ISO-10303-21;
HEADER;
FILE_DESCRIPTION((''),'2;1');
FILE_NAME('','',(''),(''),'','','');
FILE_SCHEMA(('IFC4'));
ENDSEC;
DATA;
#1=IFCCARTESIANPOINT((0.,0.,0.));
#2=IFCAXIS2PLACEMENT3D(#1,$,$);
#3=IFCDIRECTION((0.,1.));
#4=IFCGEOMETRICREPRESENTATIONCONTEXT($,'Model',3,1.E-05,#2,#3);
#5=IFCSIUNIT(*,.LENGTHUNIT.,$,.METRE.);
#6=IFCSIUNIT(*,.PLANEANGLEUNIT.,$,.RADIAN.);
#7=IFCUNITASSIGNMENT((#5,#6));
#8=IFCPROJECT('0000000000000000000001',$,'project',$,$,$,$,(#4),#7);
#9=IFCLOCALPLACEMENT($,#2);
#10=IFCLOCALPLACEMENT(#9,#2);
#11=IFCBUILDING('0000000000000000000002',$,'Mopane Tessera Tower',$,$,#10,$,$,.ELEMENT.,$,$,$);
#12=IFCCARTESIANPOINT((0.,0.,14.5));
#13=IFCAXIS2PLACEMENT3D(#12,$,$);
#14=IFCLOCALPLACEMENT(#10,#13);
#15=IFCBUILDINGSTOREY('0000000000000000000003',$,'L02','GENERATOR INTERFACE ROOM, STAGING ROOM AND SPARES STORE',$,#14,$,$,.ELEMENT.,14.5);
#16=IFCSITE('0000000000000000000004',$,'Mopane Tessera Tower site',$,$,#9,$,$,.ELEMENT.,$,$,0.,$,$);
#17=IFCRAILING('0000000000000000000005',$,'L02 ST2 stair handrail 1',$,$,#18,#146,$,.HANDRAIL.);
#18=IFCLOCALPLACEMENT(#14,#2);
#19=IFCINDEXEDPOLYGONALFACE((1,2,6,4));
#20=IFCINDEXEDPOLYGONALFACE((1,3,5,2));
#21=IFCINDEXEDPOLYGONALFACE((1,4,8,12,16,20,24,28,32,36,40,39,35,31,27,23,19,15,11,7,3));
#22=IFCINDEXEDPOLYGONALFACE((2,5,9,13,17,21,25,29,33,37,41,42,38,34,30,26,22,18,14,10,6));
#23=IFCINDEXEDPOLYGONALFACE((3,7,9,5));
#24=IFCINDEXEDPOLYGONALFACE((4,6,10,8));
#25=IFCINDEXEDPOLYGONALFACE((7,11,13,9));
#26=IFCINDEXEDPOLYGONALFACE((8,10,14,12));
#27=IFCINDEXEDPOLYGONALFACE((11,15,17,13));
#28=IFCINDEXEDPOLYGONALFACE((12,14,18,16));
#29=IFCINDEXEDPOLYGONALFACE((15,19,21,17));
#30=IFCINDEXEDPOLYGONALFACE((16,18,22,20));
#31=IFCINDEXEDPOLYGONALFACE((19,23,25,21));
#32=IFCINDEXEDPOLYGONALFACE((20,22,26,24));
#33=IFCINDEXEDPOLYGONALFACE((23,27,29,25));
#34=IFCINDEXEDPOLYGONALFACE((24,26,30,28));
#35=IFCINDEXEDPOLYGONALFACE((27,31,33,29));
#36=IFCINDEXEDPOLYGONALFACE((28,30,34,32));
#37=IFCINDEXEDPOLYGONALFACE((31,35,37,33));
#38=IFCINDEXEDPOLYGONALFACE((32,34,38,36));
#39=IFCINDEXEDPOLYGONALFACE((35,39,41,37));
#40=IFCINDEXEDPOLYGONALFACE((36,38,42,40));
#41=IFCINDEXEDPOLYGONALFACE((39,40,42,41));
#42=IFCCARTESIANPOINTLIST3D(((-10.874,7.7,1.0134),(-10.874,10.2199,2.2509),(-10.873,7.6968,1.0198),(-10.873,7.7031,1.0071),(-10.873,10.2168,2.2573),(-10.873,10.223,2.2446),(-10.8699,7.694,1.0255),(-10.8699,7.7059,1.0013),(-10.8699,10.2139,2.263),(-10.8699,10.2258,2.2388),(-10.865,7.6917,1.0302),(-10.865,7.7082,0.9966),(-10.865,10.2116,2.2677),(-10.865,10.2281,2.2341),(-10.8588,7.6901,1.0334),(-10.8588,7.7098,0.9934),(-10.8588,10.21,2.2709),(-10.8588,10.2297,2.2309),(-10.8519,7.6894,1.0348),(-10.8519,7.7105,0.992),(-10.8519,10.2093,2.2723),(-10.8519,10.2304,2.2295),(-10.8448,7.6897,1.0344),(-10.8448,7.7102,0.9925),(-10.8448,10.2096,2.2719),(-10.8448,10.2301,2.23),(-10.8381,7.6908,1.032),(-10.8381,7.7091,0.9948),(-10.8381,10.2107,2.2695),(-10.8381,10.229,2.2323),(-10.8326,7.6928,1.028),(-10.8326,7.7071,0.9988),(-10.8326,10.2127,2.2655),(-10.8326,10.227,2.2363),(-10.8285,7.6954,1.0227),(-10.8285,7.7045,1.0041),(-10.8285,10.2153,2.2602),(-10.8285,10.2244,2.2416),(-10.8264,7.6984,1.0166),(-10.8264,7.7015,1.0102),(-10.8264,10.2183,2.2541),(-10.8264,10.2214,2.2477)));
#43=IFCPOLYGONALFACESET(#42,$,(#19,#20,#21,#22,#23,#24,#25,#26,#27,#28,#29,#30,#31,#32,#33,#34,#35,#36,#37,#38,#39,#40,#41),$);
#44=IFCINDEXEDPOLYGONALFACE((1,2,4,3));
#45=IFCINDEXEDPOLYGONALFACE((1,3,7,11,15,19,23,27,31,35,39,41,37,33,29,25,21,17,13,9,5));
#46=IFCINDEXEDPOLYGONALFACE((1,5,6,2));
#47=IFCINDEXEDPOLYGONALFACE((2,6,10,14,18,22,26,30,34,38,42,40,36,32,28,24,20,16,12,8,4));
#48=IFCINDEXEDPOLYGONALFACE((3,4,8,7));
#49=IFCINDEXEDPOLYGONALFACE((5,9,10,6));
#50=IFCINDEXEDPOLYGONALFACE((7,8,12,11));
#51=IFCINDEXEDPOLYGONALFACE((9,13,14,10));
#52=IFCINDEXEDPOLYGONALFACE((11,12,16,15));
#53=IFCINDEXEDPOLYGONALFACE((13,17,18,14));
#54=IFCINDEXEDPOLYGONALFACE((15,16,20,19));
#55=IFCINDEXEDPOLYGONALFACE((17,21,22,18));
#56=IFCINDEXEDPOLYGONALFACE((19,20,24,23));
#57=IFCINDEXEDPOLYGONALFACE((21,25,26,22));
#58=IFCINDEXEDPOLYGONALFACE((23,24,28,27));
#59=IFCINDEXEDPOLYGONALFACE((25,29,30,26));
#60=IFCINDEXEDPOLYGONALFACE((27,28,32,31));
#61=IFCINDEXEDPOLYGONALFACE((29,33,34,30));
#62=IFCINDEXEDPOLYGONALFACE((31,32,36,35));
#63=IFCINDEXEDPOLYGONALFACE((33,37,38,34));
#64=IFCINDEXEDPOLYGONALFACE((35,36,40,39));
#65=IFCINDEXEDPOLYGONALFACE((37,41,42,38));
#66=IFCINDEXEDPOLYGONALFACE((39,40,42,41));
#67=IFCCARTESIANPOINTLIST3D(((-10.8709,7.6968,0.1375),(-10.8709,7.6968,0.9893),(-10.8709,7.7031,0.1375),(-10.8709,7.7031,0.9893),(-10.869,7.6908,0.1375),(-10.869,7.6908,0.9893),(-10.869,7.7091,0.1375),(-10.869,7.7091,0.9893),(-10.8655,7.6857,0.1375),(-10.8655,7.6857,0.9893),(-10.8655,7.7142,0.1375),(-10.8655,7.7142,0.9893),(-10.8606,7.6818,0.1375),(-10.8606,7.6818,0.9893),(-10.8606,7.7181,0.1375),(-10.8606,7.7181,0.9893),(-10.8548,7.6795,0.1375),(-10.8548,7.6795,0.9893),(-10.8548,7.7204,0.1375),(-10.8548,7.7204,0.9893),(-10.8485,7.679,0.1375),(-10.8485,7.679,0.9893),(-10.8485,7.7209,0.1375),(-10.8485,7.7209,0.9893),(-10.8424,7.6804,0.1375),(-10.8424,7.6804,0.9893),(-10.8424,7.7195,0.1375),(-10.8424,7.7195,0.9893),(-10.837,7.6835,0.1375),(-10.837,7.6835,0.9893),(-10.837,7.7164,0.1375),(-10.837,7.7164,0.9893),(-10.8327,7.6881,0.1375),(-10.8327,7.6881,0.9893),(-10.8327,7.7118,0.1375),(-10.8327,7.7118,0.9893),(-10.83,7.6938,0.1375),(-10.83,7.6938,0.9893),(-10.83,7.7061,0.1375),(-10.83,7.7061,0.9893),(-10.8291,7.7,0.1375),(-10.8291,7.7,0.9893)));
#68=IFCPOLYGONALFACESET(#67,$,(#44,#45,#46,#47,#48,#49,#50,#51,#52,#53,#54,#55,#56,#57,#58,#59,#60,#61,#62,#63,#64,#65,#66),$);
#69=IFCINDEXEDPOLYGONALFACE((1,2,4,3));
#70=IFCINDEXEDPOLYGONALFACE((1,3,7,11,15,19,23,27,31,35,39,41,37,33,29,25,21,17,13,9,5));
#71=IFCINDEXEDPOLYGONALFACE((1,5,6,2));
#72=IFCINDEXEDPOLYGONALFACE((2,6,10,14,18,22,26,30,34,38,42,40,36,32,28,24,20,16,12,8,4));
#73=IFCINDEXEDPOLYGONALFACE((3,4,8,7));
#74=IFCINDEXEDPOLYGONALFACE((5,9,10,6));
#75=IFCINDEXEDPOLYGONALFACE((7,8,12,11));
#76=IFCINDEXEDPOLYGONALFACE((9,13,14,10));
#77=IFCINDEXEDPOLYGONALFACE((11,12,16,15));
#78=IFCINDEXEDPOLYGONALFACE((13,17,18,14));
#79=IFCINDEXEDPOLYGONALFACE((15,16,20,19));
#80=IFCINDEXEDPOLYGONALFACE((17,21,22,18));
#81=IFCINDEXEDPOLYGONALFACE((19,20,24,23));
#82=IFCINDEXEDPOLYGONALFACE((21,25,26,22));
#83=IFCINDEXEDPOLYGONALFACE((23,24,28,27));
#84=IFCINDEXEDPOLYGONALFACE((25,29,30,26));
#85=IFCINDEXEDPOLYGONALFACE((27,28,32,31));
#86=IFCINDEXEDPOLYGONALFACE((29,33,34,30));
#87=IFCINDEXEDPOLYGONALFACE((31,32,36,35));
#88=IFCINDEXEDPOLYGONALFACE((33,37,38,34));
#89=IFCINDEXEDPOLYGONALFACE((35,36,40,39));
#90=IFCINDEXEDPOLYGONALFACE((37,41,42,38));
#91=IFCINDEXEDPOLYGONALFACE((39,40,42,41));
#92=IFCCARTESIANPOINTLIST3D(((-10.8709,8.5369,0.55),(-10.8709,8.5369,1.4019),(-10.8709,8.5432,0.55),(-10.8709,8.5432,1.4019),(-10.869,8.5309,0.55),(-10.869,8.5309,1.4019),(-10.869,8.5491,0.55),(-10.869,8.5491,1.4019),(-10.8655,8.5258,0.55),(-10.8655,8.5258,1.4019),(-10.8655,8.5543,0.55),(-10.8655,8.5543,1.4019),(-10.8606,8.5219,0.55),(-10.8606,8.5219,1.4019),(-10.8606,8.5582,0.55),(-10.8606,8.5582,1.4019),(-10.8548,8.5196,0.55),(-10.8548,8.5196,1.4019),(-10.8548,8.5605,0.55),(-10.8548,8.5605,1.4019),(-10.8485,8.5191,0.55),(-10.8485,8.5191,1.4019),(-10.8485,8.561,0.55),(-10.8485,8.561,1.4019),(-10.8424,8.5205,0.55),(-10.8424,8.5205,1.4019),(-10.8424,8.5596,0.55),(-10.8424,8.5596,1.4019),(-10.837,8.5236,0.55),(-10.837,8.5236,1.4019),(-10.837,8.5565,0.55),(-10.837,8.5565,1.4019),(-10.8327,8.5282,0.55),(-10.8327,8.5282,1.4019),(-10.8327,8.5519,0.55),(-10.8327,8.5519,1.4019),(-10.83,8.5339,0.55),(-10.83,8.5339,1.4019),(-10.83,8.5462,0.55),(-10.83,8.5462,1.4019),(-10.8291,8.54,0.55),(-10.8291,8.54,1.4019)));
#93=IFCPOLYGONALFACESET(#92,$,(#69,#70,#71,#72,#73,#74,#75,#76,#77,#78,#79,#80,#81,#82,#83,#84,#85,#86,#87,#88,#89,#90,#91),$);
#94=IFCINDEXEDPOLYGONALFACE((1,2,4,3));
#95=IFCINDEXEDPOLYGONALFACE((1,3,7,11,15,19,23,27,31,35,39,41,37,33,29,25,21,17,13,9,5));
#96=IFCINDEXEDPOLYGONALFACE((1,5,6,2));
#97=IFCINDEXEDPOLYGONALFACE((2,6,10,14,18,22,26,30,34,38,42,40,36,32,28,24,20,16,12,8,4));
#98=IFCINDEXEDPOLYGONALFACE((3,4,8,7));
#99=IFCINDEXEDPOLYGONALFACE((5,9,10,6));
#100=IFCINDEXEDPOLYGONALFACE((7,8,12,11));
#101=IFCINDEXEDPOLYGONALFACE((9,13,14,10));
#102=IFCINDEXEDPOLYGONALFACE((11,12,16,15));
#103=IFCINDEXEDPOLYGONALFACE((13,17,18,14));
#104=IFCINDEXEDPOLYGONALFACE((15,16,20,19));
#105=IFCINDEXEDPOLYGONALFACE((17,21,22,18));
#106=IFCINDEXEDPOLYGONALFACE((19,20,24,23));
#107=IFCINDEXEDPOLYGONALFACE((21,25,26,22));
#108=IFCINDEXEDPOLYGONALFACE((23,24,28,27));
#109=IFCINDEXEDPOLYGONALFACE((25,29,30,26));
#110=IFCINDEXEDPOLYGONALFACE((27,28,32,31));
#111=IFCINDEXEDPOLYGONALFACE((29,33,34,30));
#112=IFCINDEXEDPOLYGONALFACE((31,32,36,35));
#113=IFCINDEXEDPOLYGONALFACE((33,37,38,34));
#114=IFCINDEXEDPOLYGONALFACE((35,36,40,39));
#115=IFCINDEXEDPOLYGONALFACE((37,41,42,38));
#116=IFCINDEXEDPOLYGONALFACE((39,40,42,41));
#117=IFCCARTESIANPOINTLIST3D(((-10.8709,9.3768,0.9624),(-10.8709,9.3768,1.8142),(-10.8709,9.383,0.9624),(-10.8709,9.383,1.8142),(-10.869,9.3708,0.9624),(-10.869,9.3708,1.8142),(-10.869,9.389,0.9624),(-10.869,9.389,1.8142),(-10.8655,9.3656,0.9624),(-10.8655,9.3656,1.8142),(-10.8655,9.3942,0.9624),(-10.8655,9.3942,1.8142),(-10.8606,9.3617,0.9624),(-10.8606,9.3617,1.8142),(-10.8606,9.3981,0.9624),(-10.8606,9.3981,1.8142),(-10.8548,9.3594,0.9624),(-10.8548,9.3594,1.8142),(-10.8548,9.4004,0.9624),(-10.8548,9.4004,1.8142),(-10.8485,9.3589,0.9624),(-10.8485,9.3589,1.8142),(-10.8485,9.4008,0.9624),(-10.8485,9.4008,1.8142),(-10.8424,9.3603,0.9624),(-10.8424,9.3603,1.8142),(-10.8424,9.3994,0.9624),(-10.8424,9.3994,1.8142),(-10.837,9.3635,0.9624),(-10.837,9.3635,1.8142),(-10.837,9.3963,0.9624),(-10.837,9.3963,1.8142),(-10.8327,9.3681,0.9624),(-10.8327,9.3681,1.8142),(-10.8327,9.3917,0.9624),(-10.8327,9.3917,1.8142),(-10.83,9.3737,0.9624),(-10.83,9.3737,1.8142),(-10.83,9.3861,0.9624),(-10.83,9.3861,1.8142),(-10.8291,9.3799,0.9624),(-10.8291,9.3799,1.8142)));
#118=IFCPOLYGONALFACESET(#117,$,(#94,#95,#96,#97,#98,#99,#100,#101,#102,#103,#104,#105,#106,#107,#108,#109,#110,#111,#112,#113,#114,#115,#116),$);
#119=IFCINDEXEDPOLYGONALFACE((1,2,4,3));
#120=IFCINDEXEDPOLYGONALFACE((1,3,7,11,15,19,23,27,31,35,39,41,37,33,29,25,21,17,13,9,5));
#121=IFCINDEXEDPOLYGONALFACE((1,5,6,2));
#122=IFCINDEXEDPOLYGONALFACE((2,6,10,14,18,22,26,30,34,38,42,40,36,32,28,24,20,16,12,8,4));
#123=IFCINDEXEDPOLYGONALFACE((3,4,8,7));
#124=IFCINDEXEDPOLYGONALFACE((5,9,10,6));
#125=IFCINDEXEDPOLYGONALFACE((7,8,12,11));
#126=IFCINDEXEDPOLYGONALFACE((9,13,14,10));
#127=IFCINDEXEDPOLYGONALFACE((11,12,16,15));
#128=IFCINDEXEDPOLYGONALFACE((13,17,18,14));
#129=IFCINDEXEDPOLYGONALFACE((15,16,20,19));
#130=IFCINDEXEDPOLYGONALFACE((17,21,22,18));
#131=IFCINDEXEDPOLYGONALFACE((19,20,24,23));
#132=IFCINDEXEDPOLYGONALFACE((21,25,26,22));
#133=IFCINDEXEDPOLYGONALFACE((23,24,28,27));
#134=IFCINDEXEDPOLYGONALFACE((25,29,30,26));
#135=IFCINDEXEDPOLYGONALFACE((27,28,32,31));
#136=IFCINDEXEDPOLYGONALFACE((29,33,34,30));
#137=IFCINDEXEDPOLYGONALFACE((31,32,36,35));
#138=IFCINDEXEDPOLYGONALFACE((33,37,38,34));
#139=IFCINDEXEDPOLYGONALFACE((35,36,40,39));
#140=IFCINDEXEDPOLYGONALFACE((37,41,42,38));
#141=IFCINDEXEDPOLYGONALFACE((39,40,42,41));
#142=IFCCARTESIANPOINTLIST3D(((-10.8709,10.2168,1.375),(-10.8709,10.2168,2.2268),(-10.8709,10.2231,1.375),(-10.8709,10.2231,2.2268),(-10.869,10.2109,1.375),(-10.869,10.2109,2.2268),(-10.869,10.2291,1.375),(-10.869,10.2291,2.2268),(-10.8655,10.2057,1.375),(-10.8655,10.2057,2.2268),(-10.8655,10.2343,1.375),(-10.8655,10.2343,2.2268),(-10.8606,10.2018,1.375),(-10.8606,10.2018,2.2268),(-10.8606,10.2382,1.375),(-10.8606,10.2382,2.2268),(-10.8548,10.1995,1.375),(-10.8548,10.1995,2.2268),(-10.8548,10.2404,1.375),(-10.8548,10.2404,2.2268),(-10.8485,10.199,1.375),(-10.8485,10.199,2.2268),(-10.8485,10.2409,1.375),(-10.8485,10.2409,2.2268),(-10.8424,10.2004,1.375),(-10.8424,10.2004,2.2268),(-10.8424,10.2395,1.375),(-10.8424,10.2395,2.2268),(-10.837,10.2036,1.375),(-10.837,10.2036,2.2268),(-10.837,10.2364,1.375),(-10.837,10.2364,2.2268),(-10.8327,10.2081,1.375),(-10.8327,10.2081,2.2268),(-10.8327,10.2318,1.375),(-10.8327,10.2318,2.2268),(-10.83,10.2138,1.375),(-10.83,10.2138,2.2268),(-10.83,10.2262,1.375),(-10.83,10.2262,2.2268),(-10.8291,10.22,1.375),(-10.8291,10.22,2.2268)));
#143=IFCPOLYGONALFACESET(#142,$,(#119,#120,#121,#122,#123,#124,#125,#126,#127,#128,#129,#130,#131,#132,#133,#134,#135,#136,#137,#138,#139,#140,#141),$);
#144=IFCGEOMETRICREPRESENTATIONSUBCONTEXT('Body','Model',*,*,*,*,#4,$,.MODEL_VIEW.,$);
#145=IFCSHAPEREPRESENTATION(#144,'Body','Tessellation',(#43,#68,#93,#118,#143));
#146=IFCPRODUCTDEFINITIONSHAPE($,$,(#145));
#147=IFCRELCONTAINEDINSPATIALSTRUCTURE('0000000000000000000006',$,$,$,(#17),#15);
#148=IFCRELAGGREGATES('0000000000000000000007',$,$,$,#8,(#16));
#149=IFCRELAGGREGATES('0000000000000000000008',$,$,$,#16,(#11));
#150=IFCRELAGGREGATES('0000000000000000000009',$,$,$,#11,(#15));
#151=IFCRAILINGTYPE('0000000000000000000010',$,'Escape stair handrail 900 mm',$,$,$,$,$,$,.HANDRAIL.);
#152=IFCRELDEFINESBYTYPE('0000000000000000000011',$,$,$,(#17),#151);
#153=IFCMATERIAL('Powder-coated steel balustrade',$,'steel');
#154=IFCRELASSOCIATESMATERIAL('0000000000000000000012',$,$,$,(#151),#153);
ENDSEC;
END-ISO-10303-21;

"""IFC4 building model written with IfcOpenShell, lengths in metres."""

from ifc_helpers import new_model, si_unit, direction, frame, origin, origin_2d, place, context, subcontext, project, spatial, circle, extrude, material, type_object, element, save


model = new_model("IFC4")

# Units and contexts
model_context = context("Model", 3, precision=1e-05, world=origin(), true_north=direction((0.0, 1.0)))
body_context = subcontext(model_context, "Body", "Model", "MODEL_VIEW")
ifc_project = project(units=[si_unit("LENGTHUNIT", "METRE"), si_unit("PLANEANGLEUNIT", "RADIAN")], contexts=[model_context])

# Site, building, storey
site_placement = place(None, origin())
site = spatial("IfcSite", under=ifc_project, at=site_placement, Name="Mopane Tessera Tower site", CompositionType="ELEMENT", RefElevation=0.0)
building_placement = place(site_placement, origin())
building = spatial("IfcBuilding", under=site, at=building_placement, Name="Mopane Tessera Tower", CompositionType="ELEMENT")
storey_placement = place(building_placement, frame((0.0, 0.0, 14.5)))
storey = spatial("IfcBuildingStorey", under=building, at=storey_placement, Name="L02", Description="GENERATOR INTERFACE ROOM, STAGING ROOM AND SPARES STORE", CompositionType="ELEMENT", Elevation=14.5)

# Railing
ifc_material_1 = material(Name="Powder-coated steel balustrade", Category="steel")
railing_type_1 = type_object("IfcRailingType", Name="Escape stair handrail 900 mm", PredefinedType="HANDRAIL", material=ifc_material_1)
for number, where, name in (
    (1, (-10.8501, 7.7, 0.1375), "L02 ST2 stair handrail 1"),
):
    element("IfcRailing", number, at=place(storey_placement, frame(where)), inside=storey, type_object=railing_type_1, Name=name, PredefinedType="HANDRAIL", context=body_context, shape_type="SweptSolid", body=[
        extrude(circle(Radius=0.0239, at=origin_2d()), frame((0.0, 0.0, 0.876), z_axis=(0.0, 0.897604, 0.440802), x_axis=(-1.0, 0.0, 0.0)), (0.0, 0.0, 1.0), 2.8074),
        extrude(circle(Radius=0.021, at=origin_2d()), origin(), (0.0, 0.0, 1.0), 0.8518),
        extrude(circle(Radius=0.021, at=origin_2d()), frame((0.0, 0.8401, 0.4126)), (0.0, 0.0, 1.0), 0.8518),
        extrude(circle(Radius=0.021, at=origin_2d()), frame((0.0, 1.6799, 0.825)), (0.0, 0.0, 1.0), 0.8518),
        extrude(circle(Radius=0.021, at=origin_2d()), frame((0.0, 2.52, 1.2375)), (0.0, 0.0, 1.0), 0.8518),
    ])

save(model, "model.ifc")
